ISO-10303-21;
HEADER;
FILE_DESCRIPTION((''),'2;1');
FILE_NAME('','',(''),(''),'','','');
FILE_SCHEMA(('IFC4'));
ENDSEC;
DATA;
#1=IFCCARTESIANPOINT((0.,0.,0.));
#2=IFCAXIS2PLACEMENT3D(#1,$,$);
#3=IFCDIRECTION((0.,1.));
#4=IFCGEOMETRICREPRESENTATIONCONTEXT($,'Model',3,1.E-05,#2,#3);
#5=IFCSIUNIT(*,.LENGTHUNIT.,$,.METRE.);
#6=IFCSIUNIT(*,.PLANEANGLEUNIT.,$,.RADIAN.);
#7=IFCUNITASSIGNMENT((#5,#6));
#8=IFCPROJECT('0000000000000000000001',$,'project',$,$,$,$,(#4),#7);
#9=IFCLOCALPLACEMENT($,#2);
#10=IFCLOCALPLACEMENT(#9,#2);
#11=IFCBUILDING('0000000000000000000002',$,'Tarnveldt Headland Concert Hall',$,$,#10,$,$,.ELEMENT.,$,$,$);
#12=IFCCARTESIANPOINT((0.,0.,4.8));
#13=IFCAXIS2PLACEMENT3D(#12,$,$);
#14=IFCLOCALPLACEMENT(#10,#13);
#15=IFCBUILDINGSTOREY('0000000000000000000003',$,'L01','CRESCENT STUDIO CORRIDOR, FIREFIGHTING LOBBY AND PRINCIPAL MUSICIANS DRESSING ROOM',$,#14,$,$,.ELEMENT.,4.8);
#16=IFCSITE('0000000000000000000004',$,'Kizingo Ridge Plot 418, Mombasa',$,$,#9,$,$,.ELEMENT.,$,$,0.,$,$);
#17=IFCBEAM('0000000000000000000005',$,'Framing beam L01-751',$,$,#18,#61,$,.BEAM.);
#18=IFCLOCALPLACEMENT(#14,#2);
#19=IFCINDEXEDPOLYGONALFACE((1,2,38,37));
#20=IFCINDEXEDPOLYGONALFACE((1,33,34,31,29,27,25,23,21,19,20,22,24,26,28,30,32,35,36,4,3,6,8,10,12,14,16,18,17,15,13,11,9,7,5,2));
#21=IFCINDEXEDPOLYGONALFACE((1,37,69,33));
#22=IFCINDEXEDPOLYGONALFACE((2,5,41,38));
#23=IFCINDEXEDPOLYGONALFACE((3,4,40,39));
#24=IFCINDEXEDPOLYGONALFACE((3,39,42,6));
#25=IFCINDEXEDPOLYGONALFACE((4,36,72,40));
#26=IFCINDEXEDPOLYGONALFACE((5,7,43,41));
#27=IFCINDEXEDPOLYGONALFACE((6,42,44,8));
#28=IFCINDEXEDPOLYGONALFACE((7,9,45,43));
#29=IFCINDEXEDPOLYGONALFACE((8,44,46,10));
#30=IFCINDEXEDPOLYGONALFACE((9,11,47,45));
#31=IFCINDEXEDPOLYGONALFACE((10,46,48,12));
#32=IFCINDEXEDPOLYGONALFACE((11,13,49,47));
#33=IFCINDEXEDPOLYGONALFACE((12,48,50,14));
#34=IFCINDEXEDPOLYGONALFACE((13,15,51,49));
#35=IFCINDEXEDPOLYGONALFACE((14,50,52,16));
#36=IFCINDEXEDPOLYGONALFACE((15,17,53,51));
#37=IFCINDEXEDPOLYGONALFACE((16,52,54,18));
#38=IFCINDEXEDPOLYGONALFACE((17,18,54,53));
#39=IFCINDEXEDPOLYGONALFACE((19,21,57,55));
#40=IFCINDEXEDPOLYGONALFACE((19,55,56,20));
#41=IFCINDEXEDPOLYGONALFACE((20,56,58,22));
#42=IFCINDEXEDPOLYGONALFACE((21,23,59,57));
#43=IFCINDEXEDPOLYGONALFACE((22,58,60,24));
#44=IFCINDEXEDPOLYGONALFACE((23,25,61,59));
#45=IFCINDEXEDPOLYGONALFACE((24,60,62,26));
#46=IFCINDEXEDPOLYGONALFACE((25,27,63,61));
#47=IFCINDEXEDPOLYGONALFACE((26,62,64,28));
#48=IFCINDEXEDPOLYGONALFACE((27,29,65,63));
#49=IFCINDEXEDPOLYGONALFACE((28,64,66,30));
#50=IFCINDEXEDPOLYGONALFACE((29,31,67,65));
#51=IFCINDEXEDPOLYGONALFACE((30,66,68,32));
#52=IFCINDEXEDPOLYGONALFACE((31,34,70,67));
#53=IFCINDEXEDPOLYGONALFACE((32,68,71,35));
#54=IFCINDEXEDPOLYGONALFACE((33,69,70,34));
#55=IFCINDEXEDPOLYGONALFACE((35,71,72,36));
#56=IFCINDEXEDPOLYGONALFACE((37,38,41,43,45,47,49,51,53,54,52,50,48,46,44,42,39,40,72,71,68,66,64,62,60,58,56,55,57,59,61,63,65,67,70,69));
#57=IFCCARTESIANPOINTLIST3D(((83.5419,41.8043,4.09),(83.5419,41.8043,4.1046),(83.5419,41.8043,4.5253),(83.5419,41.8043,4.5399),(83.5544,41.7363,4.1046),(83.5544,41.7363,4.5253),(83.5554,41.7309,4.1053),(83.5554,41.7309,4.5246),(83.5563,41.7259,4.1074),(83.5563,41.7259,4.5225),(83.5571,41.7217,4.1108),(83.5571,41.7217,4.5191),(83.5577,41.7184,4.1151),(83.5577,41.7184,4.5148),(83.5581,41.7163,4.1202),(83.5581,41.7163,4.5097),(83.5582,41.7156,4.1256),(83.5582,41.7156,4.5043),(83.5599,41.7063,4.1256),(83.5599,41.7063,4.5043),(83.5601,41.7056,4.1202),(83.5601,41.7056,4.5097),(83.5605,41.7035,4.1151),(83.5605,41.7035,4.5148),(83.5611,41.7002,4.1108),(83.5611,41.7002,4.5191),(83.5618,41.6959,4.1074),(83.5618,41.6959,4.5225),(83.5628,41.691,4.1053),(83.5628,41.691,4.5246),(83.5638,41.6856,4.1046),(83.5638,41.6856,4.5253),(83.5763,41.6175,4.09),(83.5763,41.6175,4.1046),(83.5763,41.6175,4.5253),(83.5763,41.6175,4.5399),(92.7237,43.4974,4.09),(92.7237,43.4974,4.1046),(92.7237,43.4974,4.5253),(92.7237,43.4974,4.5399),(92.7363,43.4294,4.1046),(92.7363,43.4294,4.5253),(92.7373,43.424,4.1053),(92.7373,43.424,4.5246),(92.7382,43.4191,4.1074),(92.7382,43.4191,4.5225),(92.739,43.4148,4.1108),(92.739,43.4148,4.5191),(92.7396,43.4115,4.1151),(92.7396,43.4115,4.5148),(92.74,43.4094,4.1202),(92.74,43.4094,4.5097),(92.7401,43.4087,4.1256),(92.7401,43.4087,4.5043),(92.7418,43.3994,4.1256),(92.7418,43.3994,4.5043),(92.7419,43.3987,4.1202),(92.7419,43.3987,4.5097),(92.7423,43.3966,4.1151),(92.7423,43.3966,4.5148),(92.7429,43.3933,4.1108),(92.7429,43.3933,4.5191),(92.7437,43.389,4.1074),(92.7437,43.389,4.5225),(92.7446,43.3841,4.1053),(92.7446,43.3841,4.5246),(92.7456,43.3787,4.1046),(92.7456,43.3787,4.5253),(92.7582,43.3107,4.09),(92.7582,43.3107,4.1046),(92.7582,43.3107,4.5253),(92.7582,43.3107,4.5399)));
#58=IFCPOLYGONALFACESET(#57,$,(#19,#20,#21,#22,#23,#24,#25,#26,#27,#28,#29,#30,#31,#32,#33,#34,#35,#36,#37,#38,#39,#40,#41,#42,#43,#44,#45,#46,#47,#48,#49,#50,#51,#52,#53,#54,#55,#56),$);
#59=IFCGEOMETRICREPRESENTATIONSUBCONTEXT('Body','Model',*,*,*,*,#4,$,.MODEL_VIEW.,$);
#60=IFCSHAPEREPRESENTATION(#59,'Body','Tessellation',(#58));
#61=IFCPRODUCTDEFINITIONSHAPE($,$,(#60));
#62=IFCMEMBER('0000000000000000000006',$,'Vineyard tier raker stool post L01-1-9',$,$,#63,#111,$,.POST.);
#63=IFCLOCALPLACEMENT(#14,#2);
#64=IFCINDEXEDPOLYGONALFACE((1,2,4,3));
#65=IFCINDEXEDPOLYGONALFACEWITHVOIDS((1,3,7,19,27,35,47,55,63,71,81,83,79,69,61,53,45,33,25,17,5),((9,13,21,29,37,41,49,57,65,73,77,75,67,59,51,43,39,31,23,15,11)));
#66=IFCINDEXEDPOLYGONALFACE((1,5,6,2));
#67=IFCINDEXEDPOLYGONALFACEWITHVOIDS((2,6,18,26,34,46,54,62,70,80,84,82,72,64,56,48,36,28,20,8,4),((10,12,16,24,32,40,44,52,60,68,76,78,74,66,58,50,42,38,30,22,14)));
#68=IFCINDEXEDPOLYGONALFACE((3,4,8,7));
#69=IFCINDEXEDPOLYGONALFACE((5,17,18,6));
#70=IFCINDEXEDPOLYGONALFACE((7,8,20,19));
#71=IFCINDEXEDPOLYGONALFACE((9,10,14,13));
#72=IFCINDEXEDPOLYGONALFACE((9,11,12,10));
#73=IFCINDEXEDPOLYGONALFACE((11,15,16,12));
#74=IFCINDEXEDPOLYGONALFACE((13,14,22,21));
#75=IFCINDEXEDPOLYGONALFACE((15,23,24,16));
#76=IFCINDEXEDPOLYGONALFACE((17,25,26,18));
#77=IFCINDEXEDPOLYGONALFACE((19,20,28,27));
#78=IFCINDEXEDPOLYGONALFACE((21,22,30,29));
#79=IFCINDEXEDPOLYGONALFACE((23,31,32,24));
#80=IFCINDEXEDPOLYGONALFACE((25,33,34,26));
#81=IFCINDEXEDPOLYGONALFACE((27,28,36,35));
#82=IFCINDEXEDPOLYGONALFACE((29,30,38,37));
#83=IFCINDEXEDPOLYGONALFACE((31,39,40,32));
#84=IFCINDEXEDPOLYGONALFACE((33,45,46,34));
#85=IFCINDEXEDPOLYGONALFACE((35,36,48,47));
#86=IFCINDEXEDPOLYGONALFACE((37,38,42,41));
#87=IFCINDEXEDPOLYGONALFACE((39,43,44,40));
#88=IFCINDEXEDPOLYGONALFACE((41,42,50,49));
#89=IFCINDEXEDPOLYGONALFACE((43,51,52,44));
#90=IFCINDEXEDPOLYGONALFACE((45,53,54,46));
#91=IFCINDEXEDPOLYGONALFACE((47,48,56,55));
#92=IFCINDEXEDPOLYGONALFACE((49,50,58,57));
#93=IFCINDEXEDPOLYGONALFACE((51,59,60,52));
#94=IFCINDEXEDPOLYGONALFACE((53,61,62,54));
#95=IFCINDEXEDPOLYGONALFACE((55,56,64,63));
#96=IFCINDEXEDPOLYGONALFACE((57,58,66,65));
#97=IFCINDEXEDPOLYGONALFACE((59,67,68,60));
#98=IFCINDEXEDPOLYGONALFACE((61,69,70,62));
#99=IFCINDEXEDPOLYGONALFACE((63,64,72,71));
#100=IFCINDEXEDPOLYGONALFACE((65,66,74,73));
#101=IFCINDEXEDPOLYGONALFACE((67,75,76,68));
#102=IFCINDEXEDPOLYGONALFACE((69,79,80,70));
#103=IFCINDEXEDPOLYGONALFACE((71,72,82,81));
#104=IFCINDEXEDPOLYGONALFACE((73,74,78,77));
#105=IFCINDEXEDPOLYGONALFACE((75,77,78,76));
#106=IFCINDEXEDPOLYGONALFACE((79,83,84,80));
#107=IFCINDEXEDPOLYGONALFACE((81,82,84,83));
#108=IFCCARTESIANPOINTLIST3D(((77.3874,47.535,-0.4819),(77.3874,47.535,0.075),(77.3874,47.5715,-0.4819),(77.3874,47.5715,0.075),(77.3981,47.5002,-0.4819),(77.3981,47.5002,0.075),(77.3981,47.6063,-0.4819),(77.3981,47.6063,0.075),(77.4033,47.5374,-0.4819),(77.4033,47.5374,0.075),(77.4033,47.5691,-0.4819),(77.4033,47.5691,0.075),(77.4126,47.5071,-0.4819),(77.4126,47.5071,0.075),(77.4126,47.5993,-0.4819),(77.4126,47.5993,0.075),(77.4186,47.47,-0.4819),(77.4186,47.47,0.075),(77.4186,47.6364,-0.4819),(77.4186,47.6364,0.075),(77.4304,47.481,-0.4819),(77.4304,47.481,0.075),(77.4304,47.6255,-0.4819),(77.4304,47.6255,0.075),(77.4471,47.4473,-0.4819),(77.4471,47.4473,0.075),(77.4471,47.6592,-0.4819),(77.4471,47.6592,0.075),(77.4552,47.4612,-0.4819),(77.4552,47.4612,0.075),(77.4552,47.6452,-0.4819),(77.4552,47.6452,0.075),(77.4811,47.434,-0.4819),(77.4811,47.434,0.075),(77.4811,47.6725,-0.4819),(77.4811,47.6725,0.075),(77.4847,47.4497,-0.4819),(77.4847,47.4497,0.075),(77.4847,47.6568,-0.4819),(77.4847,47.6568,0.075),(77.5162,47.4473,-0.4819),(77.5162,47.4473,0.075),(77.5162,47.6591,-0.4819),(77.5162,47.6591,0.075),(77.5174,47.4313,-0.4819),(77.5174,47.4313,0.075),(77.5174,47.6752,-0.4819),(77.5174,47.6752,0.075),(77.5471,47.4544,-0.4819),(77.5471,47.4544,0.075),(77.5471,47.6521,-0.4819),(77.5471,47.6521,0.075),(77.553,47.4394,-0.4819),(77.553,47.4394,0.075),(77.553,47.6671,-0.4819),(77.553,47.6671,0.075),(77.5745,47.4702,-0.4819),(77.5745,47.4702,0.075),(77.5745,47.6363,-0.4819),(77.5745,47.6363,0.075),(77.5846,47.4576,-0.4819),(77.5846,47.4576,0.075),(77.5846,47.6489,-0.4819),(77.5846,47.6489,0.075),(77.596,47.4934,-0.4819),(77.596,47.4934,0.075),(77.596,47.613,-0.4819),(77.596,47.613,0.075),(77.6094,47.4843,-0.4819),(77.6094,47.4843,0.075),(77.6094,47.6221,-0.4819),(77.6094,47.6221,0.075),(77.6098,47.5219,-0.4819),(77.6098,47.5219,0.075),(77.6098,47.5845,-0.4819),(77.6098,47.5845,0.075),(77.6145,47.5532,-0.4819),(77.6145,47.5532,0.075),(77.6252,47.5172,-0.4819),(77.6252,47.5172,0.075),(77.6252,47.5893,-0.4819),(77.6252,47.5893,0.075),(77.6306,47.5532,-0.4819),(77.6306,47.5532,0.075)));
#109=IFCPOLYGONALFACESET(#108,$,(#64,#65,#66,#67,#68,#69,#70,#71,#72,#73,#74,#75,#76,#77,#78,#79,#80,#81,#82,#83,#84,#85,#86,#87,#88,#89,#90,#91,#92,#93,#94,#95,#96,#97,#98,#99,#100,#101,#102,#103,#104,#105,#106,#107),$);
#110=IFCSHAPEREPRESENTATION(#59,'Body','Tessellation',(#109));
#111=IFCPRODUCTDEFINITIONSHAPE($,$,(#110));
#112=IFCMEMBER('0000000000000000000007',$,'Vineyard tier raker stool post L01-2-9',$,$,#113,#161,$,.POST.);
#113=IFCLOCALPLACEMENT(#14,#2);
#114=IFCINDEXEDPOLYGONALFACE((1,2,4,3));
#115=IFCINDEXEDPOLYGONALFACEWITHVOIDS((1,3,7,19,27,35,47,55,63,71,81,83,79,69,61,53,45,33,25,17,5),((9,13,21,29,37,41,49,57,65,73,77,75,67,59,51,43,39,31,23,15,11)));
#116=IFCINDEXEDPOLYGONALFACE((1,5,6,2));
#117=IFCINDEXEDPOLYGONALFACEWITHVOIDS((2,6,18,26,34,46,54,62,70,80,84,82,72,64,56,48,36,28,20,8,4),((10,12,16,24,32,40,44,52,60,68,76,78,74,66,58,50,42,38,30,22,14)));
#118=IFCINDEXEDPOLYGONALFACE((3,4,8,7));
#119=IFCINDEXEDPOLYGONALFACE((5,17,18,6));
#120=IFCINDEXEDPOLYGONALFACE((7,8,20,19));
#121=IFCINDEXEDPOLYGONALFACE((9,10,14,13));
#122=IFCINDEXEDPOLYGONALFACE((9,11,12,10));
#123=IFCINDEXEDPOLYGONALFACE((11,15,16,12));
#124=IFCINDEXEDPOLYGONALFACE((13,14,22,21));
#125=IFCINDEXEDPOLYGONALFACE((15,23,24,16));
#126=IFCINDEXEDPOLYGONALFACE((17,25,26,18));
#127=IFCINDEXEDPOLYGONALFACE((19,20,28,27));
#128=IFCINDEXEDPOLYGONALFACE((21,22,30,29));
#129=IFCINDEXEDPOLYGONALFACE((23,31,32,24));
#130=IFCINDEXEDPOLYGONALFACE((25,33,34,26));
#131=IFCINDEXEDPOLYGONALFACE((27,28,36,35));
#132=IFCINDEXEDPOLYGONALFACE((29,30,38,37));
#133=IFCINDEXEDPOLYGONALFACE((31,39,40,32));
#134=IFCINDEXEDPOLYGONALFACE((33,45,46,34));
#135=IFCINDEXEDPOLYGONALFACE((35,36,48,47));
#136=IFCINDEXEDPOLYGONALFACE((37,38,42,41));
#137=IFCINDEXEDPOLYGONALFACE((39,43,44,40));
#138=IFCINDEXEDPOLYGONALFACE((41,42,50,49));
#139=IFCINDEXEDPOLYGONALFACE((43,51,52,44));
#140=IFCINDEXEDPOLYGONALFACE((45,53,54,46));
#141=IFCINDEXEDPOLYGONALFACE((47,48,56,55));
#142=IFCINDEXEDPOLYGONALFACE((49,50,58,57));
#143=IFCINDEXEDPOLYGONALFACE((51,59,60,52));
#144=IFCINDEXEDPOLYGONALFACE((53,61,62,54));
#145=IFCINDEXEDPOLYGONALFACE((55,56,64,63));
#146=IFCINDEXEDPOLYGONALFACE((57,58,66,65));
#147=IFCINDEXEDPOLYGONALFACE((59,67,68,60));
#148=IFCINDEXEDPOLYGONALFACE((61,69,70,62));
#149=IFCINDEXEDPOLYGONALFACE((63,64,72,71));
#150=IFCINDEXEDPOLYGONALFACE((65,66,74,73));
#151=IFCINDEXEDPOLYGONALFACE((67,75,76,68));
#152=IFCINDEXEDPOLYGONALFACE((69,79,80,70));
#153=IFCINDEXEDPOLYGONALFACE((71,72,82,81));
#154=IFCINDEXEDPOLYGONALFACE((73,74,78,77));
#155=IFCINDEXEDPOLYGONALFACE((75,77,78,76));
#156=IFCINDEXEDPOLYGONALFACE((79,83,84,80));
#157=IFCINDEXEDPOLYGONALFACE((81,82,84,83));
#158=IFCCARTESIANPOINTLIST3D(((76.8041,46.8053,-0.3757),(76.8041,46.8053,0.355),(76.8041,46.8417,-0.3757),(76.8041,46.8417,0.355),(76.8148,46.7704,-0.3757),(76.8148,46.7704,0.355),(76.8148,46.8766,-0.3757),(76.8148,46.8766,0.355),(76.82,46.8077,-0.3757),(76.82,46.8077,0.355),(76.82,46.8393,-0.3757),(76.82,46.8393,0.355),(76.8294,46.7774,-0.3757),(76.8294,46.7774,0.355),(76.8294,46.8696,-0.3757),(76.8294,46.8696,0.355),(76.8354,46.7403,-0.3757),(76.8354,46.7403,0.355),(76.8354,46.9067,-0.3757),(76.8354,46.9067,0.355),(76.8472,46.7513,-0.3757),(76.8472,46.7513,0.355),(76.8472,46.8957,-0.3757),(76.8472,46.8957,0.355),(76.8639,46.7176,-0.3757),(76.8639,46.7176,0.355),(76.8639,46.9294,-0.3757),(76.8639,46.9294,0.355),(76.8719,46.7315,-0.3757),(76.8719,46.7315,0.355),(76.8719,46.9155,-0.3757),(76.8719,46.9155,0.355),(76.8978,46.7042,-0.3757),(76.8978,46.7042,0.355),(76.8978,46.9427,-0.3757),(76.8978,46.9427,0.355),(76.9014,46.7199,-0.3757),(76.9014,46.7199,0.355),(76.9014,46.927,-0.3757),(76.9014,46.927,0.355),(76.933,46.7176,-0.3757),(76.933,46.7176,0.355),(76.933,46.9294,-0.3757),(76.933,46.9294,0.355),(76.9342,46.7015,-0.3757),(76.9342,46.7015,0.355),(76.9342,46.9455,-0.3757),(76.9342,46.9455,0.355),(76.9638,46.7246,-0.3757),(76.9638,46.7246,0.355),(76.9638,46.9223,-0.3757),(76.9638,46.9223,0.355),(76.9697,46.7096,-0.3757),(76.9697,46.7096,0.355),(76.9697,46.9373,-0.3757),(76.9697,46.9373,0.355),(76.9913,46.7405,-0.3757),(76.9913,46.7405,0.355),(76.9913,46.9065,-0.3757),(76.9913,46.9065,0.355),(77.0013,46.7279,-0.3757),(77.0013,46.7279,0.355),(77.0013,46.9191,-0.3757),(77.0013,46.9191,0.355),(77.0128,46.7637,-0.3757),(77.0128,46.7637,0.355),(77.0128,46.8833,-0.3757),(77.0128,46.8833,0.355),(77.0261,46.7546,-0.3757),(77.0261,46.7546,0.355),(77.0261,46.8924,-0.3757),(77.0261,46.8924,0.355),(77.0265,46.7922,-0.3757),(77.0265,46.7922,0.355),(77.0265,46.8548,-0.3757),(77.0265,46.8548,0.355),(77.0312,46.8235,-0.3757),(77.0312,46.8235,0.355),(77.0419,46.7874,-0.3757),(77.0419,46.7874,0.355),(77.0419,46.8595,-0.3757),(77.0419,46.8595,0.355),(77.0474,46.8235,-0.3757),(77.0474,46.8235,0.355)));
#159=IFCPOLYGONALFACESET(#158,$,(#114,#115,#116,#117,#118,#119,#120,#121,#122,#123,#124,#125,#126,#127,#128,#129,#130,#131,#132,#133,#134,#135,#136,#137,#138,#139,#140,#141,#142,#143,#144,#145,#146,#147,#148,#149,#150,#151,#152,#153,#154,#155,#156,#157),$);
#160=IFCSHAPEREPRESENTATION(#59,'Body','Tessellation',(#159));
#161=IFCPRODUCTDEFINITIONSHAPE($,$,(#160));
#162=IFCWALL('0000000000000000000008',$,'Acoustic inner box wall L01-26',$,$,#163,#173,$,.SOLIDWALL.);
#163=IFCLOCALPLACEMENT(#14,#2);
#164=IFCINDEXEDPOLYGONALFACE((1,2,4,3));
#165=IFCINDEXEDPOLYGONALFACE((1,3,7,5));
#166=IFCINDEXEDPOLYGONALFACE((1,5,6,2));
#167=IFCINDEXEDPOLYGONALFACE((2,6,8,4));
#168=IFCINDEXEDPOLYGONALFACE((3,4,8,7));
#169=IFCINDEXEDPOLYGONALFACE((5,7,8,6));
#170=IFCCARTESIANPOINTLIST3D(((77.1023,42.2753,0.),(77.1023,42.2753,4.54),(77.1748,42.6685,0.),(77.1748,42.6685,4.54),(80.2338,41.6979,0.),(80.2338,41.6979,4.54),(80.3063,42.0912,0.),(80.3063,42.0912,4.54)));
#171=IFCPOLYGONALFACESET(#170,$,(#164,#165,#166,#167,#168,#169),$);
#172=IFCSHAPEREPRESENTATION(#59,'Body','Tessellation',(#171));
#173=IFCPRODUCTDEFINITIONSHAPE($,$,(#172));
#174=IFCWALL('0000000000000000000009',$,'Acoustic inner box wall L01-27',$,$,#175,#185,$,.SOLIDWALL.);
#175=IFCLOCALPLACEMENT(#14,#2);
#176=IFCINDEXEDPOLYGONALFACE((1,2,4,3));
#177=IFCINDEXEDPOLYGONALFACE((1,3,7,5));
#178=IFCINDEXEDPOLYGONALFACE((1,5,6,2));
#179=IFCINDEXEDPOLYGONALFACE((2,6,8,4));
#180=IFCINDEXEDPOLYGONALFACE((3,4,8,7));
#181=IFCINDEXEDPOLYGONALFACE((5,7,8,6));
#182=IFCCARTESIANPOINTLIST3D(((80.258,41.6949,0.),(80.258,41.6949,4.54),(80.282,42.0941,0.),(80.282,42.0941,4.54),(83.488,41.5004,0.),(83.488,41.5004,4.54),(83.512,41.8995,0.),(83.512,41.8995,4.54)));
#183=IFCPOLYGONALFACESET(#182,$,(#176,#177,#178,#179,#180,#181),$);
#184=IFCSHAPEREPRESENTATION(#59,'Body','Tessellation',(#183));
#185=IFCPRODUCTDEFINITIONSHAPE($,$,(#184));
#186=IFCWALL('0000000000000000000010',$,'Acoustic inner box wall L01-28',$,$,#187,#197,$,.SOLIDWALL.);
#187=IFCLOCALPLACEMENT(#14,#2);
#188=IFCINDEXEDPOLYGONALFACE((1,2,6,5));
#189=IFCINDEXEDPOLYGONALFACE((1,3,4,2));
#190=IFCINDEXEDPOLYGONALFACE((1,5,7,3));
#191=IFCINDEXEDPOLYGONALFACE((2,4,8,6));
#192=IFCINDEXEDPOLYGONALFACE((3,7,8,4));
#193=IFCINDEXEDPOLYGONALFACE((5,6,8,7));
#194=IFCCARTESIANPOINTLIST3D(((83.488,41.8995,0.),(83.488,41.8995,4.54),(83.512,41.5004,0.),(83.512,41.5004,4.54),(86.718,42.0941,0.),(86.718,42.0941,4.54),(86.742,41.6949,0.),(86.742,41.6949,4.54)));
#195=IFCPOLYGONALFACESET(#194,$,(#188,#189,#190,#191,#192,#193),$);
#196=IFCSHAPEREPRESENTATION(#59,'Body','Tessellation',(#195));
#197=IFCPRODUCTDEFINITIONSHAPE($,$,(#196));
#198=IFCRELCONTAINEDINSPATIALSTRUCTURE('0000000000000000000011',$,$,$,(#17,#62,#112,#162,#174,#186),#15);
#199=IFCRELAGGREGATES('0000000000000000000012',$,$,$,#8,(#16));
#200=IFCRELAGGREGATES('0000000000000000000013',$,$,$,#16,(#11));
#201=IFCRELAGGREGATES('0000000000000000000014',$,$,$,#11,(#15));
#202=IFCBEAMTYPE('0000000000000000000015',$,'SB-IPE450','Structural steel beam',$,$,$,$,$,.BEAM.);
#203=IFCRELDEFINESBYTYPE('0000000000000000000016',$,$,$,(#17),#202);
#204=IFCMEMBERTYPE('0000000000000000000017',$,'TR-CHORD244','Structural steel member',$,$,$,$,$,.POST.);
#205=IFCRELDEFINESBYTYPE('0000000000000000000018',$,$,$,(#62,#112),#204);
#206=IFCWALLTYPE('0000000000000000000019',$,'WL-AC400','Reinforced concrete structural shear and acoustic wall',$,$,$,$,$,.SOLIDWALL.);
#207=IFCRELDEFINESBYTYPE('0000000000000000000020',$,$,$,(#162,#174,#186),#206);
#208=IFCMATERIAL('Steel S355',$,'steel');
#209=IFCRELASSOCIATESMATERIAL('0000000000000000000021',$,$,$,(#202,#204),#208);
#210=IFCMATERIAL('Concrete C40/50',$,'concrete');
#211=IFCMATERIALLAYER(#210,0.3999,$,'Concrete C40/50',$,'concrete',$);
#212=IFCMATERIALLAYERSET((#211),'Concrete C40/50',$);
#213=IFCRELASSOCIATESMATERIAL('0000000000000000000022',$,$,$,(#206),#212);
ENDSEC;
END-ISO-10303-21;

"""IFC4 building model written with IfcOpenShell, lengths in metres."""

from ifc_helpers import new_model, si_unit, direction, frame, frame_2d, origin, origin_2d, place, context, subcontext, project, spatial, rectangle, hollow_circle, i_section, extrude, material, layer, layer_set, material_profile, profile_set, type_object, element, save


model = new_model("IFC4")

# Units and contexts
model_context = context("Model", 3, precision=1e-05, world=origin(), true_north=direction((0.0, 1.0)))
body_context = subcontext(model_context, "Body", "Model", "MODEL_VIEW")
ifc_project = project(units=[si_unit("LENGTHUNIT", "METRE"), si_unit("PLANEANGLEUNIT", "RADIAN")], contexts=[model_context])

# Site, building, storey
site_placement = place(None, origin())
site = spatial("IfcSite", under=ifc_project, at=site_placement, Name="Kizingo Ridge Plot 418, Mombasa", CompositionType="ELEMENT", RefElevation=0.0)
building_placement = place(site_placement, origin())
building = spatial("IfcBuilding", under=site, at=building_placement, Name="Tarnveldt Headland Concert Hall", CompositionType="ELEMENT")
storey_placement = place(building_placement, frame((0.0, 0.0, 4.8)))
storey = spatial("IfcBuildingStorey", under=building, at=storey_placement, Name="L01", Description="CRESCENT STUDIO CORRIDOR, FIREFIGHTING LOBBY AND PRINCIPAL MUSICIANS DRESSING ROOM", CompositionType="ELEMENT", Elevation=4.8)

# Shared definitions
ifc_material_1 = material(Name="Concrete C40/50", Category="concrete")
ifc_material_2 = material(Name="Steel S355", Category="steel")

# Beam
ifc_material_profile_1 = material_profile(ifc_material_2, i_section(OverallWidth=0.1899, OverallDepth=0.45, WebThickness=0.0095, FlangeThickness=0.0146, FilletRadius=0.021, at=origin_2d()), Name="IPE450", Category="steel")
ifc_profile_set_1 = profile_set([ifc_material_profile_1], Name="Steel S355")
beam_type_1 = type_object("IfcBeamType", Name="SB-IPE450", Description="Structural steel beam", PredefinedType="BEAM", material=ifc_profile_set_1)
beam_1_placement = place(storey_placement, frame((83.5591, 41.7109, 4.3149), z_axis=(0.98342, 0.18134, 0.0), x_axis=(-0.18134, 0.98342, 0.0)))
element("IfcBeam", 1, at=beam_1_placement, inside=storey, type_object=beam_type_1, Name="Framing beam L01-751", PredefinedType="BEAM", context=body_context, shape_type="SweptSolid", body=[
    extrude(i_section(OverallWidth=0.1899, OverallDepth=0.45, WebThickness=0.0095, FlangeThickness=0.0146, FilletRadius=0.021, at=origin_2d()), origin(), (0.0, 0.0, 1.0), 9.3367),
])

# Members
ifc_material_profile_2 = material_profile(ifc_material_2, hollow_circle(Radius=0.1223, WallThickness=0.0161, at=origin_2d()), Name="CHS 244.5x16", Category="steel")
ifc_profile_set_2 = profile_set([ifc_material_profile_2], Name="Steel S355")
member_type_1 = type_object("IfcMemberType", Name="TR-CHORD244", Description="Structural steel member", PredefinedType="POST", material=ifc_profile_set_2)
member_1_placement = place(storey_placement, frame((77.5083, 47.5532, -0.4819), z_axis=(0.0, 0.0, 1.0), x_axis=(1.0, 0.0, 0.0)))
element("IfcMember", 2, at=member_1_placement, inside=storey, type_object=member_type_1, Name="Vineyard tier raker stool post L01-1-9", PredefinedType="POST", context=body_context, shape_type="SweptSolid", body=[
    extrude(hollow_circle(Radius=0.1223, WallThickness=0.0161, at=origin_2d()), origin(), (0.0, 0.0, 1.0), 0.5569),
])
member_2_placement = place(storey_placement, frame((76.925, 46.8235, -0.3757), z_axis=(0.0, 0.0, 1.0), x_axis=(1.0, 0.0, 0.0)))
element("IfcMember", 3, at=member_2_placement, inside=storey, type_object=member_type_1, Name="Vineyard tier raker stool post L01-2-9", PredefinedType="POST", context=body_context, shape_type="SweptSolid", body=[
    extrude(hollow_circle(Radius=0.1223, WallThickness=0.0161, at=origin_2d()), origin(), (0.0, 0.0, 1.0), 0.7307),
])

# Walls
ifc_layer_1 = layer(ifc_material_1, 0.3999, Name="Concrete C40/50", Category="concrete")
ifc_layer_set_1 = layer_set([ifc_layer_1], Name="Concrete C40/50")
wall_type_1 = type_object("IfcWallType", Name="WL-AC400", Description="Reinforced concrete structural shear and acoustic wall", PredefinedType="SOLIDWALL", material=ifc_layer_set_1)
wall_1_placement = place(storey_placement, frame((77.1384, 42.4719, 0.0), z_axis=(0.0, 0.0, 1.0), x_axis=(0.983424, -0.18132, 0.0)))
element("IfcWall", 4, at=wall_1_placement, inside=storey, type_object=wall_type_1, Name="Acoustic inner box wall L01-26", PredefinedType="SOLIDWALL", context=body_context, shape_type="SweptSolid", body=[
    extrude(rectangle(XDim=3.1843, YDim=0.3999, at=frame_2d((1.5923, 0.0))), origin(), (0.0, 0.0, 1.0), 4.54),
])
for number, where, z_axis, x_axis, name in (
    (5, (80.27, 41.8945, 0.0), (0.0, 0.0, 1.0), (0.99819, -0.060133, 0.0), "Acoustic inner box wall L01-27"),
    (6, (83.5, 41.7, 0.0), (0.0, 0.0, 1.0), (0.99819, 0.060133, 0.0), "Acoustic inner box wall L01-28"),
):
    element("IfcWall", number, at=place(storey_placement, frame(where, z_axis=z_axis, x_axis=x_axis)), inside=storey, type_object=wall_type_1, Name=name, PredefinedType="SOLIDWALL", context=body_context, shape_type="SweptSolid", body=[
        extrude(rectangle(XDim=3.2358, YDim=0.3999, at=frame_2d((1.6179, 0.0))), origin(), (0.0, 0.0, 1.0), 4.54),
    ])

save(model, "model.ifc")
